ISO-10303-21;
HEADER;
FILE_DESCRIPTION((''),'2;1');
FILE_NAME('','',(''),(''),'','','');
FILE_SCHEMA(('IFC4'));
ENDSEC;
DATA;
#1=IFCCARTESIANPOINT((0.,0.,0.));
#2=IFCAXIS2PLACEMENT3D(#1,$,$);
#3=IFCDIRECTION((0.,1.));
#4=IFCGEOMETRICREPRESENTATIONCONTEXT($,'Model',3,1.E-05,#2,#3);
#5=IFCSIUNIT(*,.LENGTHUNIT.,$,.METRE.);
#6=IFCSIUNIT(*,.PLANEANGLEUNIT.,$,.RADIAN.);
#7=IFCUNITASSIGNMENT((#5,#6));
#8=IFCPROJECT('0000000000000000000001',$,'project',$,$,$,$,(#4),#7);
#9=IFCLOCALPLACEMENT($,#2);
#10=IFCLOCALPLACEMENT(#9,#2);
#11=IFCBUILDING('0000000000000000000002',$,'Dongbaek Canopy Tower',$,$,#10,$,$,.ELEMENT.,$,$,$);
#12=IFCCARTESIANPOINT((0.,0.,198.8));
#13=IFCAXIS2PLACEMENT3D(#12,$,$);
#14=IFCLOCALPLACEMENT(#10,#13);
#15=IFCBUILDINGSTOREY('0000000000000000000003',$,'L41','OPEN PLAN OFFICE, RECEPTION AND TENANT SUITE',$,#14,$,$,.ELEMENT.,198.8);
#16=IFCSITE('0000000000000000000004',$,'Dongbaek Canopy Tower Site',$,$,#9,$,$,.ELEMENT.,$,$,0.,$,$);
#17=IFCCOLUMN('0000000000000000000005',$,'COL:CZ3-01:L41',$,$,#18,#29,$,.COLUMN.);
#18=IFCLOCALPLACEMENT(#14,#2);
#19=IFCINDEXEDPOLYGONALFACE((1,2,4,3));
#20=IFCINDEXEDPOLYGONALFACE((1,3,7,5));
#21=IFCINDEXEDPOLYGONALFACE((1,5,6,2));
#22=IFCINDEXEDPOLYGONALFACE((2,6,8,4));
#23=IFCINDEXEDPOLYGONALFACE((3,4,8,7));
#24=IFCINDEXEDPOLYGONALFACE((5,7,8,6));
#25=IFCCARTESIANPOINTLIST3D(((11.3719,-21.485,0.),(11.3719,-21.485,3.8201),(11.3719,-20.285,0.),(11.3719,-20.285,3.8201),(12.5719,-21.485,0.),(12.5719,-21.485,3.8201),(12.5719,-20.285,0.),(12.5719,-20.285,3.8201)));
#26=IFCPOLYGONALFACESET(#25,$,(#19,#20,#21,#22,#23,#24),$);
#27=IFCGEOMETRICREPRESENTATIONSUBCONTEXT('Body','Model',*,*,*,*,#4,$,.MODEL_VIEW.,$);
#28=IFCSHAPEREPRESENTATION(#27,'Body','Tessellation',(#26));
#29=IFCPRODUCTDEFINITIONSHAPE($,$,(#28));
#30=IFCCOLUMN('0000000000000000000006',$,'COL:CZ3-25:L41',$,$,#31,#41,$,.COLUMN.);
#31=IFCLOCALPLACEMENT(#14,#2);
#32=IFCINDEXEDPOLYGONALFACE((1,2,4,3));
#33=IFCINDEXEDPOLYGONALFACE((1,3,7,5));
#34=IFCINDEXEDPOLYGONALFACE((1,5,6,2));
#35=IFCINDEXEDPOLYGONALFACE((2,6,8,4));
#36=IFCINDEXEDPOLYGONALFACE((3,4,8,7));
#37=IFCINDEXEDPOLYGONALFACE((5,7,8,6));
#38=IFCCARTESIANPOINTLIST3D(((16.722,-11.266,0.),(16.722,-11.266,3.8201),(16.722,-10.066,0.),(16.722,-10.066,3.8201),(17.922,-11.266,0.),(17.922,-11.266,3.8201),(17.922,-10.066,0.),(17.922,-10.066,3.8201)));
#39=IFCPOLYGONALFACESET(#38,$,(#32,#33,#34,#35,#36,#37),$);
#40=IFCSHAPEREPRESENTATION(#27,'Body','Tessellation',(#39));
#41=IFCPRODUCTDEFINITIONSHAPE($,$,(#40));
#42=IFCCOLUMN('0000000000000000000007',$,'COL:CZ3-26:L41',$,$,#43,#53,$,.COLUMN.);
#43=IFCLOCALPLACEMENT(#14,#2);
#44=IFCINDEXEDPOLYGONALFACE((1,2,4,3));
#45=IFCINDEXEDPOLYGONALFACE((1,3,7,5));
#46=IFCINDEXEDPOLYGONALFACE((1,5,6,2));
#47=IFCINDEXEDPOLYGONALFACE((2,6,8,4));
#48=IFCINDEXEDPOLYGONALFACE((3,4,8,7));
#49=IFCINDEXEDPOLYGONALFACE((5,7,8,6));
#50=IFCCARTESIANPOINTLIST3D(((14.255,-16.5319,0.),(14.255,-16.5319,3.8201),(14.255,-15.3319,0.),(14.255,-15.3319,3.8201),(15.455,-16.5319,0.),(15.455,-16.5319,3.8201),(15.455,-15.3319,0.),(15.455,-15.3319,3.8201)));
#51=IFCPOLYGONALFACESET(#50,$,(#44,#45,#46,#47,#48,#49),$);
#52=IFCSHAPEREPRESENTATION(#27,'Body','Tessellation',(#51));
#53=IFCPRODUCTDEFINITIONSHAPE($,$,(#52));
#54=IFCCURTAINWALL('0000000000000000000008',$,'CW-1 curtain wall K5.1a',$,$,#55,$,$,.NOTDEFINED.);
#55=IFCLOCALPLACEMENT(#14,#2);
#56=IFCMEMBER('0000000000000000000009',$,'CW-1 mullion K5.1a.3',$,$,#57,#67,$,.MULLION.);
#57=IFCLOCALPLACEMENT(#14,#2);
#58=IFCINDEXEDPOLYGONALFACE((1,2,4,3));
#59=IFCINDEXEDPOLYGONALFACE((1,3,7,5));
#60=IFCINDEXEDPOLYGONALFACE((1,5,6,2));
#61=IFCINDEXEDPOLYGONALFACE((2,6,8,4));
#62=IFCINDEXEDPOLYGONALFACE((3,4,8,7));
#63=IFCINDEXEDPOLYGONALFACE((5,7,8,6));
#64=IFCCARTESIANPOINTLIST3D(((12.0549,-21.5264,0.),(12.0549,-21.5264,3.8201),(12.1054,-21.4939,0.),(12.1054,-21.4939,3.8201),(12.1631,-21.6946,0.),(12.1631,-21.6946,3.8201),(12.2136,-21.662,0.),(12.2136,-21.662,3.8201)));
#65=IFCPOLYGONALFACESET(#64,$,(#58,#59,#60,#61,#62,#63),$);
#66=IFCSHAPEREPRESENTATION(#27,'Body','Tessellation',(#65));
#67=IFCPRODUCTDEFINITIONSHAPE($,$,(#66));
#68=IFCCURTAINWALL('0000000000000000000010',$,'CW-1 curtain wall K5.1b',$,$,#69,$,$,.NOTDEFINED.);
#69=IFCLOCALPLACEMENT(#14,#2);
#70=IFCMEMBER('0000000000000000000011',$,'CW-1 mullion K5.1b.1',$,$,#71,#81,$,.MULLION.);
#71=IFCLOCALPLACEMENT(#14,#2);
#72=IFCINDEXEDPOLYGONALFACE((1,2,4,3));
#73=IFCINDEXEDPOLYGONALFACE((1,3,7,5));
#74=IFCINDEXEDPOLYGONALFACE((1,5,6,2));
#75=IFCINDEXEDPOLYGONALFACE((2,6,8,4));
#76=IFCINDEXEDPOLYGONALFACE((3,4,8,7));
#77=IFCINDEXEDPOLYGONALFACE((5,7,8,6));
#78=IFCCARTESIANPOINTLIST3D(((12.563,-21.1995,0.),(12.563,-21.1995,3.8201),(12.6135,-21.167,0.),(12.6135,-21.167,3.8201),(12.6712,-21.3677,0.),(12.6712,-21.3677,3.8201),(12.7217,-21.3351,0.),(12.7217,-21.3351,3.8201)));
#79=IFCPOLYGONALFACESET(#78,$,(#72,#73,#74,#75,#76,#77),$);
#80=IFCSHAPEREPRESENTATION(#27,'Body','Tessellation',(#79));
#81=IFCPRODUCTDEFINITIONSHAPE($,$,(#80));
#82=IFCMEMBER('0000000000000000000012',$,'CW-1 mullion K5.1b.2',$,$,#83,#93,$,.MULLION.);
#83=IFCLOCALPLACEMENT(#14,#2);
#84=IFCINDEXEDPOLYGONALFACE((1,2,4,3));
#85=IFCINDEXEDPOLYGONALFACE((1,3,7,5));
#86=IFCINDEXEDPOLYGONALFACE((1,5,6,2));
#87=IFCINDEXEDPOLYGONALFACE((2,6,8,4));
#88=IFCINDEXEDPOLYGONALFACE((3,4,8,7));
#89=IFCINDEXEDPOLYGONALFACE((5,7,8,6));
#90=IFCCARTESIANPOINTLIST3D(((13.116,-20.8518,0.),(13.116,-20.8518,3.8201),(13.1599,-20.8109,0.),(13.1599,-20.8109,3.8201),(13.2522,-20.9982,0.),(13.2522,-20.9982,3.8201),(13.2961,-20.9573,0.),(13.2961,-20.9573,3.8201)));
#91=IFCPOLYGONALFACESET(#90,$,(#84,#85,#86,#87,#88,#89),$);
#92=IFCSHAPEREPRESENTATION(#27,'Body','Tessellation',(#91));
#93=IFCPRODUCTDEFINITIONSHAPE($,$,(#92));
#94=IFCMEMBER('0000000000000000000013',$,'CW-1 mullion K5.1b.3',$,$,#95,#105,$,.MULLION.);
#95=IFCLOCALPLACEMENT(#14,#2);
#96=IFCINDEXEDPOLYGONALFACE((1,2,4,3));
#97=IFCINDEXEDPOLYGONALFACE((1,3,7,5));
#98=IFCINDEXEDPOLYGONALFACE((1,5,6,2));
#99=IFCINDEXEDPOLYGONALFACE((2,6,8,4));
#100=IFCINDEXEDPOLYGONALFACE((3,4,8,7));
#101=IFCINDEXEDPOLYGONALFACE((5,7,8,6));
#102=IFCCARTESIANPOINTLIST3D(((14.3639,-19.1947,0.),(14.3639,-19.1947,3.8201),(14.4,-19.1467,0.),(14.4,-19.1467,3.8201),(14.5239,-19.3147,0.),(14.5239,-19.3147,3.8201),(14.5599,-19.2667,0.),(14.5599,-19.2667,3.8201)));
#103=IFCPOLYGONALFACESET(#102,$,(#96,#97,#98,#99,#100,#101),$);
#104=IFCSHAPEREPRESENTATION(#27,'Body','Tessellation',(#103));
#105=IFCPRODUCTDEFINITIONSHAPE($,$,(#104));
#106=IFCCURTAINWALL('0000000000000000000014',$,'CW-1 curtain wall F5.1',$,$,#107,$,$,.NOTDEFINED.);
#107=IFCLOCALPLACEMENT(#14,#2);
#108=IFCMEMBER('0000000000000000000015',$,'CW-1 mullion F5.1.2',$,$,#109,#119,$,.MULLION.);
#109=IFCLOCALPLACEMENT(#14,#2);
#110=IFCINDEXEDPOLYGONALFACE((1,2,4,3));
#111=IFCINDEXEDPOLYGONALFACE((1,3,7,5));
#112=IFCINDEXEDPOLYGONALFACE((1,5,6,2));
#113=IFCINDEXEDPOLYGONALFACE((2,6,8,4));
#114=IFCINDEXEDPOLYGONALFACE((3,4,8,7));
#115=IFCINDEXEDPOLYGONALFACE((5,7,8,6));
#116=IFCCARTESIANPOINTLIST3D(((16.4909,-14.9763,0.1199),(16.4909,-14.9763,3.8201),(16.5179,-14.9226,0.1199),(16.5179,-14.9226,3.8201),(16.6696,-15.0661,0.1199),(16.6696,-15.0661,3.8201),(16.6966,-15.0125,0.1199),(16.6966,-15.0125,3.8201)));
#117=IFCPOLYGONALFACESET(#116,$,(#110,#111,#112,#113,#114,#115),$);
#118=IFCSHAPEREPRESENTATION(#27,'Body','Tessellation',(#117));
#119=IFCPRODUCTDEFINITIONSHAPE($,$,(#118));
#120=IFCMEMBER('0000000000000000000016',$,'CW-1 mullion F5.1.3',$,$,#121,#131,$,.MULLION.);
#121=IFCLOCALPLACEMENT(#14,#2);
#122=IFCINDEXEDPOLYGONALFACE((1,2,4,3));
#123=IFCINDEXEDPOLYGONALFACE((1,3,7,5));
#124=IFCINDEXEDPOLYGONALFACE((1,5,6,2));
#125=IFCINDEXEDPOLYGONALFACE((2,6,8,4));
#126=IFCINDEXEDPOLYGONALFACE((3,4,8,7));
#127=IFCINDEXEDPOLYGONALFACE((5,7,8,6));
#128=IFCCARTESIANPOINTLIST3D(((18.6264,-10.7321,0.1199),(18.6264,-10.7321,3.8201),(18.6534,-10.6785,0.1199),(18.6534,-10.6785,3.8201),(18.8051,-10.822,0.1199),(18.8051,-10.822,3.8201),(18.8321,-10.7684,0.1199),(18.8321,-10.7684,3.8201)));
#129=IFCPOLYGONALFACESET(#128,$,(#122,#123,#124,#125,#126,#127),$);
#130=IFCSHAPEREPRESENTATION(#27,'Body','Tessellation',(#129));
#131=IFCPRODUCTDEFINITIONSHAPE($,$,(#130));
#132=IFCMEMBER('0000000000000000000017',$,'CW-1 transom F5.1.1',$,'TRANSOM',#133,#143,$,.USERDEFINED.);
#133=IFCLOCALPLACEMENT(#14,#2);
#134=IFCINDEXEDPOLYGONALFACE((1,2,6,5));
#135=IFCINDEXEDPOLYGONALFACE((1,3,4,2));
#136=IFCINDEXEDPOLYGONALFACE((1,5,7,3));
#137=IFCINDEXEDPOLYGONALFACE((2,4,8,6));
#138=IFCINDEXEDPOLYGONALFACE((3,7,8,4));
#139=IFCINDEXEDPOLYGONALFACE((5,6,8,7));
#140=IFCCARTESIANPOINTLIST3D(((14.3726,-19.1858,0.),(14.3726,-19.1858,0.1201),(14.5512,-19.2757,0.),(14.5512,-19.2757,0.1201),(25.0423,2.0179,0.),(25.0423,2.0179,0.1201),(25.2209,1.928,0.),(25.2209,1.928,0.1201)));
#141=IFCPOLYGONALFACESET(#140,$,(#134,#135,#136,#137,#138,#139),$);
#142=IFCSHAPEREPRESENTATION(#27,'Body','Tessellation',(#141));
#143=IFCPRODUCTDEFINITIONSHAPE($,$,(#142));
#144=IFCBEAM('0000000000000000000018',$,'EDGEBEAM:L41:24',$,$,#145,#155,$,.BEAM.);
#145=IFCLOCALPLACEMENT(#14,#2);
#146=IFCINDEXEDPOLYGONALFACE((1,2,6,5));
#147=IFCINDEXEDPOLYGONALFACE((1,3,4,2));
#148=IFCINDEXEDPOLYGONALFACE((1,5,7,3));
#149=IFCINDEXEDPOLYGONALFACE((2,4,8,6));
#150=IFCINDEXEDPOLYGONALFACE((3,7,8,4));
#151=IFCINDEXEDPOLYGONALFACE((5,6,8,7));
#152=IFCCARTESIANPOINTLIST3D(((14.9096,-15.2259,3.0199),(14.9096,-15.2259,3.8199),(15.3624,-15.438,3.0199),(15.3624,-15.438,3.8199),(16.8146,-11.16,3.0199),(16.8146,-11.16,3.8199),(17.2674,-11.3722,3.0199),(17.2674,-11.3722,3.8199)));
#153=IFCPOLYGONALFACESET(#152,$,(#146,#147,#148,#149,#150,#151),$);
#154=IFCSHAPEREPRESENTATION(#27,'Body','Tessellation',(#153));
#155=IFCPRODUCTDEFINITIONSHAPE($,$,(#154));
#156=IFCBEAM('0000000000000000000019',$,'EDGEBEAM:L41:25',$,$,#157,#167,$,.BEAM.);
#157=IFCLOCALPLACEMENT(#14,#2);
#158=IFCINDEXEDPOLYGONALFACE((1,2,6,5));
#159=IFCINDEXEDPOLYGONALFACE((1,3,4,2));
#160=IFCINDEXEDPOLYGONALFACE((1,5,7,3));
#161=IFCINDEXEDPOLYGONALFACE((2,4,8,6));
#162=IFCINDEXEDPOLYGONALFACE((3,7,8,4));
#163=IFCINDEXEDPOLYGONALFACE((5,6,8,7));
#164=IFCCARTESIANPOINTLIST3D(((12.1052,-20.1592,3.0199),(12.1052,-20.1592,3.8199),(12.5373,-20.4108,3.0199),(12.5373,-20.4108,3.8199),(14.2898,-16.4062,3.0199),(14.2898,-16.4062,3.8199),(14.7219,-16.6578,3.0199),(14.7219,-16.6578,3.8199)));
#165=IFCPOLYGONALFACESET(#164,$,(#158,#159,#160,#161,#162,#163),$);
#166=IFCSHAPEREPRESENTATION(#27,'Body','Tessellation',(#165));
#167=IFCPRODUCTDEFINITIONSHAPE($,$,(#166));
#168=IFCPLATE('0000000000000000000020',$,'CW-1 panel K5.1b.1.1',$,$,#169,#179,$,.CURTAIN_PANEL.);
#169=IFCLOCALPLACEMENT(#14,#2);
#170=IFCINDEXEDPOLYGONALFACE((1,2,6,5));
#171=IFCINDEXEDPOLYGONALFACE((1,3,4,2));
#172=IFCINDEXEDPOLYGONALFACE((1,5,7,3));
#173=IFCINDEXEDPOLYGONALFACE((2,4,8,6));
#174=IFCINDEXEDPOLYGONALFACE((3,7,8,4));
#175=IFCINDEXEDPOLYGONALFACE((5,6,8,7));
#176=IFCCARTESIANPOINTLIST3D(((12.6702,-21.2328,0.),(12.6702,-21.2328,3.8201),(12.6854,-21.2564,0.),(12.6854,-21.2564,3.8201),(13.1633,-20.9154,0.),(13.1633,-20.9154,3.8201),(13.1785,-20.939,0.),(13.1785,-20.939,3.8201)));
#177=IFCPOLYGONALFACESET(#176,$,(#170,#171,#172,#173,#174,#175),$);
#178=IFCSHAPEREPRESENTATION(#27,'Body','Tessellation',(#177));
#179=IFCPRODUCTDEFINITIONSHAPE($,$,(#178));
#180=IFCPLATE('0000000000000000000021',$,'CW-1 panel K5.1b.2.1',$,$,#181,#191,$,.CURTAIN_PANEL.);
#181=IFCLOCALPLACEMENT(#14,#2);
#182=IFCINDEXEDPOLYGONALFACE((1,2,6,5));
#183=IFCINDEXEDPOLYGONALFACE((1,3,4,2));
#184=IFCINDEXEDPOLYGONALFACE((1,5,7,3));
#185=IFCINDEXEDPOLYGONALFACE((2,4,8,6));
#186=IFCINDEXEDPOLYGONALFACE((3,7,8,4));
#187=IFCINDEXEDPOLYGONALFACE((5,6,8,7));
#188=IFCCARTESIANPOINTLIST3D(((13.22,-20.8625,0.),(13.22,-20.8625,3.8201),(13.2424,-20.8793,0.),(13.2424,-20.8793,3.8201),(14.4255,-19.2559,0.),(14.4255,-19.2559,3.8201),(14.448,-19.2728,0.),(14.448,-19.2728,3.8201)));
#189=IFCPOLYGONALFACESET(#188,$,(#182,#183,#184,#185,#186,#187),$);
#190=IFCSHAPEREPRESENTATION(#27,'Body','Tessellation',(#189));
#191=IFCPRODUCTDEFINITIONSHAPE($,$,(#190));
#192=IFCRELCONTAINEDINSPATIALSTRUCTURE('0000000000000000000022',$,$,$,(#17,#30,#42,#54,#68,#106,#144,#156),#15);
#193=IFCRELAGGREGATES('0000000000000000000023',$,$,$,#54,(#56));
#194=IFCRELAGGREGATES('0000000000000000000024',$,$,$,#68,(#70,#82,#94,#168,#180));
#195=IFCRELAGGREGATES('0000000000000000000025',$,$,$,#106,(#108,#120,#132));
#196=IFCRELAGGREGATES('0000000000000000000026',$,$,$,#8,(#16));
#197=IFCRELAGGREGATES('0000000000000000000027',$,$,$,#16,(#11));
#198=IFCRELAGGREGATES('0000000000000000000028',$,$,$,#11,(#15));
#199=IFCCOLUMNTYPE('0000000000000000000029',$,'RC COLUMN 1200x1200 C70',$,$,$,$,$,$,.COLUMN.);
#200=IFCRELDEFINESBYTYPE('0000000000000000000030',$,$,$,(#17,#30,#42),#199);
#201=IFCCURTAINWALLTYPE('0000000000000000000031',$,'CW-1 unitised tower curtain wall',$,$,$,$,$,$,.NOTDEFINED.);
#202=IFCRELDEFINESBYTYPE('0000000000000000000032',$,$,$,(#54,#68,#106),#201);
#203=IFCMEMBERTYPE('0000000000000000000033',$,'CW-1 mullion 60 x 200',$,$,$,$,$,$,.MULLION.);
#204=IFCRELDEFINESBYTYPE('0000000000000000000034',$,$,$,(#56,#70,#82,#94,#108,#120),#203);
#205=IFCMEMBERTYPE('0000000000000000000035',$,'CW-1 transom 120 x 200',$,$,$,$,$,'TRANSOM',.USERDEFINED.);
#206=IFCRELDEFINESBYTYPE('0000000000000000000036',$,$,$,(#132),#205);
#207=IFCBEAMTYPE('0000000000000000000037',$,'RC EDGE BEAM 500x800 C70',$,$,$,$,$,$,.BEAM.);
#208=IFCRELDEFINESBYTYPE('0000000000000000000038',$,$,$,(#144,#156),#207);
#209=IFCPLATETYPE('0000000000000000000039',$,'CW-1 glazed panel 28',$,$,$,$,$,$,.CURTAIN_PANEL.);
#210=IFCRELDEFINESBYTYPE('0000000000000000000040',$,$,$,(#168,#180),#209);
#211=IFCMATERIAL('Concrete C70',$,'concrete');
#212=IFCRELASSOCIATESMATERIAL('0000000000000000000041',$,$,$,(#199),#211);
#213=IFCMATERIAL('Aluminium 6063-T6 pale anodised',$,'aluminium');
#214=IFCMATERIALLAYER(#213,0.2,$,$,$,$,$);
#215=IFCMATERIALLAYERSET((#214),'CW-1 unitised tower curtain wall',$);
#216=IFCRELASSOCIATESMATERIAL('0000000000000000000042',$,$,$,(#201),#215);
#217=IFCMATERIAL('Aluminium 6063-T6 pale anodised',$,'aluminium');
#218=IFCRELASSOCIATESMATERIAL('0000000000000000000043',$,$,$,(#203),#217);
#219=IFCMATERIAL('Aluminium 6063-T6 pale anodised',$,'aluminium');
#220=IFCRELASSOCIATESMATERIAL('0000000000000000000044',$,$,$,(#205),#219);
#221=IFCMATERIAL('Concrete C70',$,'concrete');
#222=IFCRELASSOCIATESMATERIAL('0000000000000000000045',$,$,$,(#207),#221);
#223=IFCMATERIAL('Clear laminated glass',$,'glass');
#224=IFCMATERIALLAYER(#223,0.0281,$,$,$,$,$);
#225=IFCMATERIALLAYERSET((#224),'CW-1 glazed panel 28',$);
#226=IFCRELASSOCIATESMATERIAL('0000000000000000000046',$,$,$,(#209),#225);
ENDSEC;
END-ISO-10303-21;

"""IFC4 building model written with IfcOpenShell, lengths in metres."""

from ifc_helpers import new_model, si_unit, direction, frame, origin, origin_2d, place, context, subcontext, project, spatial, rectangle, extrude, material, layer, layer_set, material_profile, profile_set, type_object, element, aggregate, save


model = new_model("IFC4")

# Units and contexts
model_context = context("Model", 3, precision=1e-05, world=origin(), true_north=direction((0.0, 1.0)))
body_context = subcontext(model_context, "Body", "Model", "MODEL_VIEW")
ifc_project = project(units=[si_unit("LENGTHUNIT", "METRE"), si_unit("PLANEANGLEUNIT", "RADIAN")], contexts=[model_context])

# Site, building, storey
site_placement = place(None, origin())
site = spatial("IfcSite", under=ifc_project, at=site_placement, Name="Dongbaek Canopy Tower Site", CompositionType="ELEMENT", RefElevation=0.0)
building_placement = place(site_placement, origin())
building = spatial("IfcBuilding", under=site, at=building_placement, Name="Dongbaek Canopy Tower", CompositionType="ELEMENT")
storey_placement = place(building_placement, frame((0.0, 0.0, 198.8)))
storey = spatial("IfcBuildingStorey", under=building, at=storey_placement, Name="L41", Description="OPEN PLAN OFFICE, RECEPTION AND TENANT SUITE", CompositionType="ELEMENT", Elevation=198.8)

# Columns
ifc_material_1 = material(Name="Concrete C70", Category="concrete")
ifc_material_profile_1 = material_profile(ifc_material_1, rectangle(XDim=1.2, YDim=1.2, at=origin_2d()), Name="RC COLUMN 1200x1200 C70")
ifc_profile_set_1 = profile_set([ifc_material_profile_1], Name="Concrete C70")
column_type = type_object("IfcColumnType", Name="RC COLUMN 1200x1200 C70", PredefinedType="COLUMN", material=ifc_profile_set_1)
for number, where, z_axis, x_axis, name in (
    (1, (11.9719, -20.885, 0.0), (0.0, 0.0, 1.0), (1.0, 0.0, 0.0), "COL:CZ3-01:L41"),
    (2, (17.322, -10.666, 0.0), (0.0, 0.0, 1.0), (1.0, 0.0, 0.0), "COL:CZ3-25:L41"),
    (3, (14.855, -15.9319, 0.0), (0.0, 0.0, 1.0), (1.0, 0.0, 0.0), "COL:CZ3-26:L41"),
):
    element("IfcColumn", number, at=place(storey_placement, frame(where, z_axis=z_axis, x_axis=x_axis)), inside=storey, type_object=column_type, Name=name, PredefinedType="COLUMN", context=body_context, shape_type="SweptSolid", body=[
        extrude(rectangle(XDim=1.2, YDim=1.2, at=origin_2d()), origin(), (0.0, 0.0, 1.0), 3.8201),
    ])

# Curtain wall, member
ifc_material_2 = material(Name="Aluminium 6063-T6 pale anodised", Category="aluminium")
ifc_layer_1 = layer(ifc_material_2, 0.2)
ifc_layer_set_1 = layer_set([ifc_layer_1], Name="CW-1 unitised tower curtain wall")
curtain_wall_type = type_object("IfcCurtainWallType", Name="CW-1 unitised tower curtain wall", PredefinedType="NOTDEFINED", material=ifc_layer_set_1)
curtain_wall_1_placement = place(storey_placement, origin())
curtain_wall_1 = element("IfcCurtainWall", 4, at=curtain_wall_1_placement, inside=storey, type_object=curtain_wall_type, Name="CW-1 curtain wall K5.1a", PredefinedType="NOTDEFINED")
ifc_material_3 = material(Name="Aluminium 6063-T6 pale anodised", Category="aluminium")
ifc_material_profile_2 = material_profile(ifc_material_3, rectangle(XDim=0.2, YDim=0.0601, at=origin_2d()), Name="CW-1 mullion 60 x 200")
ifc_profile_set_2 = profile_set([ifc_material_profile_2], Name="Aluminium 6063-T6 pale anodised")
member_type_1 = type_object("IfcMemberType", Name="CW-1 mullion 60 x 200", PredefinedType="MULLION", material=ifc_profile_set_2)
member_1_placement = place(storey_placement, frame((12.1343, -21.5942, 0.0), z_axis=(0.0, 0.0, 1.0), x_axis=(0.541263, -0.840853, 0.0)))
member_1 = element("IfcMember", 5, at=member_1_placement, type_object=member_type_1, Name="CW-1 mullion K5.1a.3", PredefinedType="MULLION", context=body_context, shape_type="SweptSolid", body=[
    extrude(rectangle(XDim=0.2, YDim=0.0601, at=origin_2d()), origin(), (0.0, 0.0, 1.0), 3.8201),
])
aggregate(curtain_wall_1, [member_1])

# Curtain walls, members
curtain_wall_2_placement = place(storey_placement, origin())
curtain_wall_2 = element("IfcCurtainWall", 6, at=curtain_wall_2_placement, inside=storey, type_object=curtain_wall_type, Name="CW-1 curtain wall K5.1b", PredefinedType="NOTDEFINED")
member_2_placement = place(storey_placement, frame((12.6423, -21.2673, 0.0), z_axis=(0.0, 0.0, 1.0), x_axis=(0.541263, -0.840853, 0.0)))
member_2 = element("IfcMember", 7, at=member_2_placement, type_object=member_type_1, Name="CW-1 mullion K5.1b.1", PredefinedType="MULLION", context=body_context, shape_type="SweptSolid", body=[
    extrude(rectangle(XDim=0.2, YDim=0.0601, at=origin_2d()), origin(), (0.0, 0.0, 1.0), 3.8201),
])
member_3_placement = place(storey_placement, frame((13.2061, -20.9045, 0.0), z_axis=(0.0, 0.0, 1.0), x_axis=(0.681266, -0.732036, 0.0)))
member_3 = element("IfcMember", 8, at=member_3_placement, type_object=member_type_1, Name="CW-1 mullion K5.1b.2", PredefinedType="MULLION", context=body_context, shape_type="SweptSolid", body=[
    extrude(rectangle(XDim=0.2, YDim=0.0601, at=origin_2d()), origin(), (0.0, 0.0, 1.0), 3.8201),
])
member_4_placement = place(storey_placement, frame((14.4619, -19.2307, 0.0), z_axis=(0.0, 0.0, 1.0), x_axis=(0.799847, -0.600203, 0.0)))
member_4 = element("IfcMember", 9, at=member_4_placement, type_object=member_type_1, Name="CW-1 mullion K5.1b.3", PredefinedType="MULLION", context=body_context, shape_type="SweptSolid", body=[
    extrude(rectangle(XDim=0.2, YDim=0.0601, at=origin_2d()), origin(), (0.0, 0.0, 1.0), 3.8201),
])
curtain_wall_3_placement = place(storey_placement, origin())
curtain_wall_3 = element("IfcCurtainWall", 10, at=curtain_wall_3_placement, inside=storey, type_object=curtain_wall_type, Name="CW-1 curtain wall F5.1", PredefinedType="NOTDEFINED")
member_5_placement = place(storey_placement, frame((16.5938, -14.9944, 0.1199), z_axis=(0.0, 0.0, 1.0), x_axis=(0.893281, -0.449499, 0.0)))
member_5 = element("IfcMember", 11, at=member_5_placement, type_object=member_type_1, Name="CW-1 mullion F5.1.2", PredefinedType="MULLION", context=body_context, shape_type="SweptSolid", body=[
    extrude(rectangle(XDim=0.2, YDim=0.0601, at=origin_2d()), origin(), (0.0, 0.0, 1.0), 3.7002),
])
member_6_placement = place(storey_placement, frame((18.7292, -10.7502, 0.1199), z_axis=(0.0, 0.0, 1.0), x_axis=(0.893281, -0.449499, 0.0)))
member_6 = element("IfcMember", 12, at=member_6_placement, type_object=member_type_1, Name="CW-1 mullion F5.1.3", PredefinedType="MULLION", context=body_context, shape_type="SweptSolid", body=[
    extrude(rectangle(XDim=0.2, YDim=0.0601, at=origin_2d()), origin(), (0.0, 0.0, 1.0), 3.7002),
])
ifc_material_4 = material(Name="Aluminium 6063-T6 pale anodised", Category="aluminium")
ifc_material_profile_3 = material_profile(ifc_material_4, rectangle(XDim=0.2, YDim=0.1201, at=origin_2d()), Name="CW-1 transom 120 x 200")
ifc_profile_set_3 = profile_set([ifc_material_profile_3], Name="Aluminium 6063-T6 pale anodised")
member_type_2 = type_object("IfcMemberType", Name="CW-1 transom 120 x 200", ElementType="TRANSOM", PredefinedType="USERDEFINED", material=ifc_profile_set_3)
member_7_placement = place(storey_placement, frame((14.4619, -19.2307, 0.0601), z_axis=(0.4495, 0.893281, 0.0), x_axis=(-0.893281, 0.4495, 0.0)))
member_7 = element("IfcMember", 13, at=member_7_placement, type_object=member_type_2, Name="CW-1 transom F5.1.1", ObjectType="TRANSOM", PredefinedType="USERDEFINED", context=body_context, shape_type="SweptSolid", body=[
    extrude(rectangle(XDim=0.2, YDim=0.1201, at=origin_2d()), origin(), (0.0, 0.0, 1.0), 23.7368),
])

# Beams
ifc_material_5 = material(Name="Concrete C70", Category="concrete")
ifc_material_profile_4 = material_profile(ifc_material_5, rectangle(XDim=0.5, YDim=0.8, at=origin_2d()), Name="RC EDGE BEAM 500x800 C70")
ifc_profile_set_4 = profile_set([ifc_material_profile_4], Name="Concrete C70")
beam_type = type_object("IfcBeamType", Name="RC EDGE BEAM 500x800 C70", PredefinedType="BEAM", material=ifc_profile_set_4)
beam_1_placement = place(storey_placement, frame((17.041, -11.2661, 3.4199), z_axis=(-0.424275, -0.905533, 0.0), x_axis=(0.905533, -0.424275, 0.0)))
element("IfcBeam", 14, at=beam_1_placement, inside=storey, type_object=beam_type, Name="EDGEBEAM:L41:24", PredefinedType="BEAM", context=body_context, shape_type="SweptSolid", body=[
    extrude(rectangle(XDim=0.5, YDim=0.8, at=origin_2d()), origin(), (0.0, 0.0, 1.0), 4.49),
])
beam_2_placement = place(storey_placement, frame((14.5059, -16.532, 3.4199), z_axis=(-0.503074, -0.864243, 0.0), x_axis=(0.864243, -0.503074, 0.0)))
element("IfcBeam", 15, at=beam_2_placement, inside=storey, type_object=beam_type, Name="EDGEBEAM:L41:25", PredefinedType="BEAM", context=body_context, shape_type="SweptSolid", body=[
    extrude(rectangle(XDim=0.5, YDim=0.8, at=origin_2d()), origin(), (0.0, 0.0, 1.0), 4.3425),
])

# Plates
ifc_material_6 = material(Name="Clear laminated glass", Category="glass")
ifc_layer_2 = layer(ifc_material_6, 0.0281)
ifc_layer_set_2 = layer_set([ifc_layer_2], Name="CW-1 glazed panel 28")
plate_type = type_object("IfcPlateType", Name="CW-1 glazed panel 28", PredefinedType="CURTAIN_PANEL", material=ifc_layer_set_2)
plate_1_placement = place(storey_placement, frame((12.9243, -21.0859, 0.0), z_axis=(0.0, 0.0, 1.0), x_axis=(0.840853, 0.541263, 0.0)))
plate_1 = element("IfcPlate", 16, at=plate_1_placement, type_object=plate_type, Name="CW-1 panel K5.1b.1.1", PredefinedType="CURTAIN_PANEL", context=body_context, shape_type="SweptSolid", body=[
    extrude(rectangle(XDim=0.5864, YDim=0.0281, at=origin_2d()), origin(), (0.0, 0.0, 1.0), 3.8201),
])
plate_2_placement = place(storey_placement, frame((13.834, -20.0676, 0.0), z_axis=(0.0, 0.0, 1.0), x_axis=(0.600203, 0.799847, 0.0)))
plate_2 = element("IfcPlate", 17, at=plate_2_placement, type_object=plate_type, Name="CW-1 panel K5.1b.2.1", PredefinedType="CURTAIN_PANEL", context=body_context, shape_type="SweptSolid", body=[
    extrude(rectangle(XDim=2.0085, YDim=0.0281, at=origin_2d()), origin(), (0.0, 0.0, 1.0), 3.8201),
])

aggregate(curtain_wall_2, [member_2, member_3, member_4, plate_1, plate_2])
aggregate(curtain_wall_3, [member_5, member_6, member_7])

save(model, "model.ifc")
